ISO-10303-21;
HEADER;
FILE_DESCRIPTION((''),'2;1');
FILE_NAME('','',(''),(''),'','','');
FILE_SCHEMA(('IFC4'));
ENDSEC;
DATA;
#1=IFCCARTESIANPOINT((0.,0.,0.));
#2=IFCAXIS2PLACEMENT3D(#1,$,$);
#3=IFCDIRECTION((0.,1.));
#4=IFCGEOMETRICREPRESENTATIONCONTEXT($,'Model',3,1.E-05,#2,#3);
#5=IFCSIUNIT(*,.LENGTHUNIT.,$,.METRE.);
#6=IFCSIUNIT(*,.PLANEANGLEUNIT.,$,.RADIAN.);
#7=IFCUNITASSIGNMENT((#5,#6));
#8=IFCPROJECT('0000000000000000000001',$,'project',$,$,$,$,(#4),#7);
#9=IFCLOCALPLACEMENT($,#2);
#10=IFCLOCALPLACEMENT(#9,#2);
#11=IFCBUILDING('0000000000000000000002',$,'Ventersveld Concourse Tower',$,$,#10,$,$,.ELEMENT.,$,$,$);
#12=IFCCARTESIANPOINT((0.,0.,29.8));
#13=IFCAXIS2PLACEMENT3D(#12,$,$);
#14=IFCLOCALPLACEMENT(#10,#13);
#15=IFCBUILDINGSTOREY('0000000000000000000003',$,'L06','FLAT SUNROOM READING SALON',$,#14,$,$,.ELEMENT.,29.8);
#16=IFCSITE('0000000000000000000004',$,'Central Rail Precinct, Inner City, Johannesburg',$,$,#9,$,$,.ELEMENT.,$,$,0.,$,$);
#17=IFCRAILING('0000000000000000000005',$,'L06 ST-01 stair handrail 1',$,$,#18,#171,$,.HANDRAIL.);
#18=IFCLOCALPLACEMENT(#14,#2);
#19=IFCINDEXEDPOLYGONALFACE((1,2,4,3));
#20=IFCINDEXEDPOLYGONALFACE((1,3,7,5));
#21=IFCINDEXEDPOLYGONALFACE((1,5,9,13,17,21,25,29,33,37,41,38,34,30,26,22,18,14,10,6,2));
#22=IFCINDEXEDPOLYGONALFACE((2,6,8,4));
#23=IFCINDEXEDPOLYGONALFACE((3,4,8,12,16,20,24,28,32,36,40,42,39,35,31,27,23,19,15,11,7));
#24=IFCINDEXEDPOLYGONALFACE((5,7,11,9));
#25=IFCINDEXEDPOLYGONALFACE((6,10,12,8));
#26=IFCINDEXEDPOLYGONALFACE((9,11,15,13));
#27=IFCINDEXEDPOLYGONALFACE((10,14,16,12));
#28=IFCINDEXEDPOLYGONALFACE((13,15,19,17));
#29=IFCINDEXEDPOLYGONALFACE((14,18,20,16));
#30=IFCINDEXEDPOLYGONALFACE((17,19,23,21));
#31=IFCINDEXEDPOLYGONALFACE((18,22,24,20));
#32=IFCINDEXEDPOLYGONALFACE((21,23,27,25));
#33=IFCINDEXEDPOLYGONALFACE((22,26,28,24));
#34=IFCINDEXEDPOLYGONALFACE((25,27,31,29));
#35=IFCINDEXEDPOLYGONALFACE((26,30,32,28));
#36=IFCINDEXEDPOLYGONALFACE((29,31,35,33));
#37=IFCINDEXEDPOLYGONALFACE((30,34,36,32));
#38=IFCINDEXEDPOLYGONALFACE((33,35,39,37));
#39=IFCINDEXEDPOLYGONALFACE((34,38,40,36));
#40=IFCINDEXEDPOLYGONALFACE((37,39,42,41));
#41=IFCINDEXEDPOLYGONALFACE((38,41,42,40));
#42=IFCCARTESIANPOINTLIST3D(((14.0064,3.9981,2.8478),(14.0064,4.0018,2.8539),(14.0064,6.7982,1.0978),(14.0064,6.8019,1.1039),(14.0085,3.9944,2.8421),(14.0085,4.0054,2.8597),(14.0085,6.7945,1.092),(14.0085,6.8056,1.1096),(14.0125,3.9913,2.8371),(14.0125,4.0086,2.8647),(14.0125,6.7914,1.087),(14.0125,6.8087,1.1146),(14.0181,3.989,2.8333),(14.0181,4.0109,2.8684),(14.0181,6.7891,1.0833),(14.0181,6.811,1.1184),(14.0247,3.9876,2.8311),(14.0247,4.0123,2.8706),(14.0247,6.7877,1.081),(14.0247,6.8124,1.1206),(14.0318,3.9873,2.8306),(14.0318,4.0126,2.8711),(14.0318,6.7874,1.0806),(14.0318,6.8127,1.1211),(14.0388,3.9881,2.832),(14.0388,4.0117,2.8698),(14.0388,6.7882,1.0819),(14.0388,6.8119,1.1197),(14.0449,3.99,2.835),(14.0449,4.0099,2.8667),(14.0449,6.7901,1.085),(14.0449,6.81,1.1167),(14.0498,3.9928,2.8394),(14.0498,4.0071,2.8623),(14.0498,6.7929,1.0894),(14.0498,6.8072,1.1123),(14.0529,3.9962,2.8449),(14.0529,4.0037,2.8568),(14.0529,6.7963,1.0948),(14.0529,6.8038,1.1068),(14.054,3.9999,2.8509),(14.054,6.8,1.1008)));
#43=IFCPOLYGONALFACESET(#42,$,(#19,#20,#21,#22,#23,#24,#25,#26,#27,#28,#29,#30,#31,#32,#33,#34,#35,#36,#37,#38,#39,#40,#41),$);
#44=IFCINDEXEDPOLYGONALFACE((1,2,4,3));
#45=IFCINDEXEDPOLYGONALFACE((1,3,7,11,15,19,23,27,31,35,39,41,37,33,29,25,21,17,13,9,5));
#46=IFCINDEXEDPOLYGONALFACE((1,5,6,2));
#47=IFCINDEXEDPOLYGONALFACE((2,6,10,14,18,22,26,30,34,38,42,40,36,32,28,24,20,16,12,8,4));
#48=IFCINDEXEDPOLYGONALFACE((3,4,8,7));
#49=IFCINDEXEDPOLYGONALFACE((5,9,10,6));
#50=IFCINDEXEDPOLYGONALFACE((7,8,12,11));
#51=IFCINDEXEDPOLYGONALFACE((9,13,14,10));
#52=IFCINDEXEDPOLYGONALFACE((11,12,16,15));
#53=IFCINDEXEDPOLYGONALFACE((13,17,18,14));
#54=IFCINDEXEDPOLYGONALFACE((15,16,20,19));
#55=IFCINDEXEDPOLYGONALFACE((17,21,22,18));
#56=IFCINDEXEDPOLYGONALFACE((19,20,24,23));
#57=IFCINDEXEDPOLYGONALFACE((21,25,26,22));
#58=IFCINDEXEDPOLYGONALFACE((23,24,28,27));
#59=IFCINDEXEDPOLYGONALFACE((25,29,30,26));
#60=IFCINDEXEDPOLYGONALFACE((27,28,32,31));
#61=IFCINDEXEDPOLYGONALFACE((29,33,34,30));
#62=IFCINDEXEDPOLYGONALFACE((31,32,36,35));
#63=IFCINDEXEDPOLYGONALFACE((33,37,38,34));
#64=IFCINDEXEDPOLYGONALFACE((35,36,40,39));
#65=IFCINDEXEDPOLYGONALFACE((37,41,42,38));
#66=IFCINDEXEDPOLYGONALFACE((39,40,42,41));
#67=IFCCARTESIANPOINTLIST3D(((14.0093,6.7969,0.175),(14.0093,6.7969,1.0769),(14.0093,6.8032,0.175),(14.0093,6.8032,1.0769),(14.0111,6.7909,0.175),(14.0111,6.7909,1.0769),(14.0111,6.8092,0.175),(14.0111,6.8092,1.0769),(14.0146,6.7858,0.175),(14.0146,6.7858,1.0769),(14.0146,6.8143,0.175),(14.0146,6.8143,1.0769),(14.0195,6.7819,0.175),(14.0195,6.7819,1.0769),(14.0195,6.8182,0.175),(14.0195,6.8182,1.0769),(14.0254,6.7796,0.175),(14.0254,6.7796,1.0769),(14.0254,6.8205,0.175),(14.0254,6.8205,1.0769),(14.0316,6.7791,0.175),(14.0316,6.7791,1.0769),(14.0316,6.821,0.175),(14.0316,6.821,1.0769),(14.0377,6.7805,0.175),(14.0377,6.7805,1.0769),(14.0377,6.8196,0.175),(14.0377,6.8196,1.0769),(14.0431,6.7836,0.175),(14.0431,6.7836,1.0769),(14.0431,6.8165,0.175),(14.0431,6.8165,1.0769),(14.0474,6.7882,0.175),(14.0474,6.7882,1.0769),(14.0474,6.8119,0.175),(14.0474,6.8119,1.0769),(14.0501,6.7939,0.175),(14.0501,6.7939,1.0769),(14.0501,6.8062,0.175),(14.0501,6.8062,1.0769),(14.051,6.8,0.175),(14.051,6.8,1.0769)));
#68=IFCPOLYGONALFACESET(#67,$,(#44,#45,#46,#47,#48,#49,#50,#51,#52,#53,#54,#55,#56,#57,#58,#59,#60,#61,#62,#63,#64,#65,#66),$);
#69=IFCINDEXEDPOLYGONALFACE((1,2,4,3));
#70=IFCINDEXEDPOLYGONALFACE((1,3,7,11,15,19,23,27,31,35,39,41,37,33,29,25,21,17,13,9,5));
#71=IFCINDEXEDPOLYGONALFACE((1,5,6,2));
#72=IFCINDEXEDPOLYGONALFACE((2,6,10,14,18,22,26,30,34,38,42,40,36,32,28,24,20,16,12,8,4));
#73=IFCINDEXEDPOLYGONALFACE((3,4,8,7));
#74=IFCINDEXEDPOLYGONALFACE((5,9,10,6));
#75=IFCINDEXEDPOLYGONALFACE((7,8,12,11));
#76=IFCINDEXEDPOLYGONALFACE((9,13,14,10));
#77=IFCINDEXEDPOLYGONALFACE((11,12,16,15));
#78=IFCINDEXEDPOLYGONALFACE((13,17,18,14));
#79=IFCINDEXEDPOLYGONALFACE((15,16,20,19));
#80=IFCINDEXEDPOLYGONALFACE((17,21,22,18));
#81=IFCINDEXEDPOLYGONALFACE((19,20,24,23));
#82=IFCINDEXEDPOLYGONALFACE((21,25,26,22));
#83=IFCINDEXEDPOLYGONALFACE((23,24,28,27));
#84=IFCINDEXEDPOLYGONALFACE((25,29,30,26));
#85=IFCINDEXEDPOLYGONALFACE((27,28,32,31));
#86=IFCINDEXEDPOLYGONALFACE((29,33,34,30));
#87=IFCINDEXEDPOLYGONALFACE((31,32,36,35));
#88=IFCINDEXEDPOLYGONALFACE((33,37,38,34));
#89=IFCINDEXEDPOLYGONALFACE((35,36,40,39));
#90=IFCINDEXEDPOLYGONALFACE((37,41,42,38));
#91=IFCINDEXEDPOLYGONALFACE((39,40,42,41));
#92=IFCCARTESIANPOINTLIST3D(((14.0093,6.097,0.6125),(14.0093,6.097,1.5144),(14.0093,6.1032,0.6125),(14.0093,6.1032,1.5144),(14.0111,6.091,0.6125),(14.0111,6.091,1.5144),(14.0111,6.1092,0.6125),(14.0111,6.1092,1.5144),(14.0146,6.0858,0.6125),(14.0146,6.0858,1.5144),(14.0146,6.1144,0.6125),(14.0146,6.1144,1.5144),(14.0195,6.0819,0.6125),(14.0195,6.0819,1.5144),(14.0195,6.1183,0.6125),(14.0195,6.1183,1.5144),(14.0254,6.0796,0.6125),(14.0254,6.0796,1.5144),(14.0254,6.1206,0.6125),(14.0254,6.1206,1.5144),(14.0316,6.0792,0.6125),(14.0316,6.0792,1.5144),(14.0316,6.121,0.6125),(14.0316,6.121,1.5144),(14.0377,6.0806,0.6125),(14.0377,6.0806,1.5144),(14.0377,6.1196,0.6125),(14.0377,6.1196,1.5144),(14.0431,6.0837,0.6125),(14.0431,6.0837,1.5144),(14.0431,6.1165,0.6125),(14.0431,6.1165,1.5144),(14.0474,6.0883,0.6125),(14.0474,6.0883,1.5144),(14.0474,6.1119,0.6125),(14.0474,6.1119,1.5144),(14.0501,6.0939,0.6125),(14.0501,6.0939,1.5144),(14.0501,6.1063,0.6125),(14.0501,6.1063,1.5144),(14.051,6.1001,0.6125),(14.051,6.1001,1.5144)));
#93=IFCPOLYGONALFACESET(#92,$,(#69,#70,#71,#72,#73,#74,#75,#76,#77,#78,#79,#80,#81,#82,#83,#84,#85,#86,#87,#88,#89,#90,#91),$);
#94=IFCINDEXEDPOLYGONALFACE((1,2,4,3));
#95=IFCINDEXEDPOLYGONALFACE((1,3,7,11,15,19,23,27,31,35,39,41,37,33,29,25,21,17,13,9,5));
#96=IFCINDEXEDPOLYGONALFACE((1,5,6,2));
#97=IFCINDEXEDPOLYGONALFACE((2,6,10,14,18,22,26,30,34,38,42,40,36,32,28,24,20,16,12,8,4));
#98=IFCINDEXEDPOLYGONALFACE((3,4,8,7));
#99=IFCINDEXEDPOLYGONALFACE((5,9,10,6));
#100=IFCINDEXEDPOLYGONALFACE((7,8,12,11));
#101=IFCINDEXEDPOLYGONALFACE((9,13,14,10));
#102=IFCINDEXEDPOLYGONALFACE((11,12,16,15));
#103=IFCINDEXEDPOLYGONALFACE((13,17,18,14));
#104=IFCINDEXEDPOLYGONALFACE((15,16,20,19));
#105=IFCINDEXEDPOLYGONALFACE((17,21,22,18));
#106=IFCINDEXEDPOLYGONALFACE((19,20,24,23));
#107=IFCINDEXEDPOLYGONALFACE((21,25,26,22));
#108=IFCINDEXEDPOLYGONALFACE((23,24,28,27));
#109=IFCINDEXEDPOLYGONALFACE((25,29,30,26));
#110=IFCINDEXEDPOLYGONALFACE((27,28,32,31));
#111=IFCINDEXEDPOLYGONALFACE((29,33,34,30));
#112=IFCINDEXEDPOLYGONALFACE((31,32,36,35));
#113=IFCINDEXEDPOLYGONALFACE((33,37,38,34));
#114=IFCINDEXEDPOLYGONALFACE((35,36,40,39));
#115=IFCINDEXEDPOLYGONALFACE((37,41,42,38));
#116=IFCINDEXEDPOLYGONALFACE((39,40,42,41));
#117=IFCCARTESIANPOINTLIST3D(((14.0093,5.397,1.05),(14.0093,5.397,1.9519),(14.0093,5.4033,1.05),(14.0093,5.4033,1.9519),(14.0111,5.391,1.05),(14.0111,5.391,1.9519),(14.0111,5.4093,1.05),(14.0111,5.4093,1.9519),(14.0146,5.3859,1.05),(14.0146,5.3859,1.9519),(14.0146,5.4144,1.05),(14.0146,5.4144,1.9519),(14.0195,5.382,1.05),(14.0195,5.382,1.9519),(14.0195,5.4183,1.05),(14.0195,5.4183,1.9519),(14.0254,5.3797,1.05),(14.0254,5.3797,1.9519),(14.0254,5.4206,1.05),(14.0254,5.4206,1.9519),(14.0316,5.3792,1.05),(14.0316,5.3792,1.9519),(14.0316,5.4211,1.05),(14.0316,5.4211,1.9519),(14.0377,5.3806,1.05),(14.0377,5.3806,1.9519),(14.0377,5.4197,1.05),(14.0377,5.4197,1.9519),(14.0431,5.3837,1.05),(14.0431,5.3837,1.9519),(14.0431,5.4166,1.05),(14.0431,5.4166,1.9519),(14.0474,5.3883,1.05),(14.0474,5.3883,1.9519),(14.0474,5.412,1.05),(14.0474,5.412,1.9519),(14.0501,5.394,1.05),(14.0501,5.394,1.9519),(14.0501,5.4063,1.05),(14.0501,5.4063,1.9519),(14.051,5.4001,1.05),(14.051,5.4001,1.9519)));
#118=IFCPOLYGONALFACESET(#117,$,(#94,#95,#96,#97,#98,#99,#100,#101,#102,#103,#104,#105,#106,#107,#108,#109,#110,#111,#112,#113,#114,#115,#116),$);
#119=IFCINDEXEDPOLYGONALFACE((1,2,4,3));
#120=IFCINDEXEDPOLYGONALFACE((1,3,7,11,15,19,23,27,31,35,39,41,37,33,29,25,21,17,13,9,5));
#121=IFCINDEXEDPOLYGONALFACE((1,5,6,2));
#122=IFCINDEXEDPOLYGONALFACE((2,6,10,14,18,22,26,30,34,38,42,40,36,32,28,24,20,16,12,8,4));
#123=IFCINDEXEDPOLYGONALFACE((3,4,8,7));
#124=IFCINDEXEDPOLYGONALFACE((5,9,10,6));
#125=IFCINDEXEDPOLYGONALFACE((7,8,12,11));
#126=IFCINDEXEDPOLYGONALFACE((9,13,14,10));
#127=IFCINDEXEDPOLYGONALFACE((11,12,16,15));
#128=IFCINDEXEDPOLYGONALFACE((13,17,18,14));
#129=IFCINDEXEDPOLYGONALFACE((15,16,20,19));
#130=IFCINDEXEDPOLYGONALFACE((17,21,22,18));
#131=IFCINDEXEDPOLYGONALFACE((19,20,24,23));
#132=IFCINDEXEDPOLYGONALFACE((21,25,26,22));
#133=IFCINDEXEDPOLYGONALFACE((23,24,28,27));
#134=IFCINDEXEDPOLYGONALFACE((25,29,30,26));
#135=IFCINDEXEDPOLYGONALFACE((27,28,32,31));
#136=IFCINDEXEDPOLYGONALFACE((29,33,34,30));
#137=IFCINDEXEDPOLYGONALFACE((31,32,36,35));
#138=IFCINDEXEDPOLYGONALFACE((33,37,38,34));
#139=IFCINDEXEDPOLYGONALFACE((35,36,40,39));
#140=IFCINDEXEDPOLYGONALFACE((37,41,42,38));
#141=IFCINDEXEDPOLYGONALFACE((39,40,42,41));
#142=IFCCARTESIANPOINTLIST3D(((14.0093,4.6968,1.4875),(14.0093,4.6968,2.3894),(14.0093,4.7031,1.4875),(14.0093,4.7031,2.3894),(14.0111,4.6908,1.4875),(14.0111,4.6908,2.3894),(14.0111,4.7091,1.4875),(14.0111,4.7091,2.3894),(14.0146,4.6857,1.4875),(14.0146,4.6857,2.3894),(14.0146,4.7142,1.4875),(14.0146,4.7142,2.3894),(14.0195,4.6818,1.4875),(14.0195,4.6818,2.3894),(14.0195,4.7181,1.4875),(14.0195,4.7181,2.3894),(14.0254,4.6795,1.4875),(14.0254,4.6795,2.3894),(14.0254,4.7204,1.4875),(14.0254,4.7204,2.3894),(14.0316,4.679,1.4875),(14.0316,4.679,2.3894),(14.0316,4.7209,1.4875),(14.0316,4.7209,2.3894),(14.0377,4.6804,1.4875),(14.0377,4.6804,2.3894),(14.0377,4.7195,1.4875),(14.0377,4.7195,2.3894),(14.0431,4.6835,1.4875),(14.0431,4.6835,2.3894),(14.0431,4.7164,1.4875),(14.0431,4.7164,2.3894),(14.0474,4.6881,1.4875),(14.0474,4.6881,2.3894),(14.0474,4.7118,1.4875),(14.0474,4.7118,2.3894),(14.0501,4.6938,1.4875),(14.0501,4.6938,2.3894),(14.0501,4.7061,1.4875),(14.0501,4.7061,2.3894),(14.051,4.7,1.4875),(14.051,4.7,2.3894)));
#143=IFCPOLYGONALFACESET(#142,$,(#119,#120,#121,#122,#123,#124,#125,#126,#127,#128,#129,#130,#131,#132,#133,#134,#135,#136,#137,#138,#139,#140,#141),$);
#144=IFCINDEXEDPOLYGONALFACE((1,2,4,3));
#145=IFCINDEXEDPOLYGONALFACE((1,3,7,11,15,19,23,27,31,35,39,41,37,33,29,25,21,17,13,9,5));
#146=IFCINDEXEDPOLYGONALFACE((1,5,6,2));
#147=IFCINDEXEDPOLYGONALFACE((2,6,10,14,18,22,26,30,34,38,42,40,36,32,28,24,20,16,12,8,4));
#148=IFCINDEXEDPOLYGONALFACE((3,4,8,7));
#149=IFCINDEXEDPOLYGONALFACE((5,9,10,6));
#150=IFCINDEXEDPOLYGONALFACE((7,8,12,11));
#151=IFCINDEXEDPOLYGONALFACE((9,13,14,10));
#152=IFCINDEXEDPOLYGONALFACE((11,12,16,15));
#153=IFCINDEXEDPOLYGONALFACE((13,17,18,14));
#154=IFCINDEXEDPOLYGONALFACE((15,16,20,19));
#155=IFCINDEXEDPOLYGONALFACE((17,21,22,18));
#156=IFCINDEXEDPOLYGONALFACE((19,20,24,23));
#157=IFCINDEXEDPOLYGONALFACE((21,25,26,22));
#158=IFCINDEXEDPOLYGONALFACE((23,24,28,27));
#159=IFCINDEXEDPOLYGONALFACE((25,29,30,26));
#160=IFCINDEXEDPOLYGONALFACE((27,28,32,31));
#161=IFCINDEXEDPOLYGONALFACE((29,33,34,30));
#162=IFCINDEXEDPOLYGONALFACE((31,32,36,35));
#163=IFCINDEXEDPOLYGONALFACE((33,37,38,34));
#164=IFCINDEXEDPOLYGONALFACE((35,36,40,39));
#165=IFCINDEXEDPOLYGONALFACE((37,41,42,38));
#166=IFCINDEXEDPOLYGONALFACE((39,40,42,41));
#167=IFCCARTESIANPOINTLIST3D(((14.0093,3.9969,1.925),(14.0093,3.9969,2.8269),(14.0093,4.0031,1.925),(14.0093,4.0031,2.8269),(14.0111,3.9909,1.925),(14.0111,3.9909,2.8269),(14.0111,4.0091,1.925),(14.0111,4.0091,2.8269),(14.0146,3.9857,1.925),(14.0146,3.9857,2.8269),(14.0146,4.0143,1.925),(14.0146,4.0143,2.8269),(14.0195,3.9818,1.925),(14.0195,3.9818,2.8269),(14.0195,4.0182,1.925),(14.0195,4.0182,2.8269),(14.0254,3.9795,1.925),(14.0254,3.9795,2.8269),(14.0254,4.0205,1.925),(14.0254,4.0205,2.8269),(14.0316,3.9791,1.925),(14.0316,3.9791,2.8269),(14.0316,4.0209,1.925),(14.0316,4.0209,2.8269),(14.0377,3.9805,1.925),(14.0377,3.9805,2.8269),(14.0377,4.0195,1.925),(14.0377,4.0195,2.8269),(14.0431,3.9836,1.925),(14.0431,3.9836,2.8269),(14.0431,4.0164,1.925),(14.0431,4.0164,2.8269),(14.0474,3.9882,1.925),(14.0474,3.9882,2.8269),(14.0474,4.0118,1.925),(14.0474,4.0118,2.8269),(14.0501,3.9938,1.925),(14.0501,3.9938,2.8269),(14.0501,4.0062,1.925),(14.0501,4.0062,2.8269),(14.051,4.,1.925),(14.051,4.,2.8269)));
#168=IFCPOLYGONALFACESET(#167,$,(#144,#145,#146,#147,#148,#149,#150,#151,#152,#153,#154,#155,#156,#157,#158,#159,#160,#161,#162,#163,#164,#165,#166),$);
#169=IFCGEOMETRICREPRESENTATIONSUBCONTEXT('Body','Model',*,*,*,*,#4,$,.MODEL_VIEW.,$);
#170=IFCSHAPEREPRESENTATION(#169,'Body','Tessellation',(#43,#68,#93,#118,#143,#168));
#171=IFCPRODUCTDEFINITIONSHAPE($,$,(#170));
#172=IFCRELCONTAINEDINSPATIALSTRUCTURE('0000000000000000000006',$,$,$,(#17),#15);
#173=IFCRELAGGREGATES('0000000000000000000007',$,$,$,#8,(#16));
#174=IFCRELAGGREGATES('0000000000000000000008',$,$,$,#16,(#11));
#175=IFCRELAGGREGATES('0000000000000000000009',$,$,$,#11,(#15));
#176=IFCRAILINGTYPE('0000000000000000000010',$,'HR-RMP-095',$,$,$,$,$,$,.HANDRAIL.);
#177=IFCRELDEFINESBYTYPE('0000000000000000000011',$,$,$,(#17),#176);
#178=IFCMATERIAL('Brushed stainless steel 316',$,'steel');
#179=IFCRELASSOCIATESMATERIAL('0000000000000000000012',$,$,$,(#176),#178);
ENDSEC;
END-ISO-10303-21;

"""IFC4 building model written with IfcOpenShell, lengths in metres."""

from ifc_helpers import new_model, si_unit, direction, frame, origin, origin_2d, place, context, subcontext, project, spatial, circle, extrude, material, type_object, element, save


model = new_model("IFC4")

# Units and contexts
model_context = context("Model", 3, precision=1e-05, world=origin(), true_north=direction((0.0, 1.0)))
body_context = subcontext(model_context, "Body", "Model", "MODEL_VIEW")
ifc_project = project(units=[si_unit("LENGTHUNIT", "METRE"), si_unit("PLANEANGLEUNIT", "RADIAN")], contexts=[model_context])

# Site, building, storey
site_placement = place(None, origin())
site = spatial("IfcSite", under=ifc_project, at=site_placement, Name="Central Rail Precinct, Inner City, Johannesburg", CompositionType="ELEMENT", RefElevation=0.0)
building_placement = place(site_placement, origin())
building = spatial("IfcBuilding", under=site, at=building_placement, Name="Ventersveld Concourse Tower", CompositionType="ELEMENT")
storey_placement = place(building_placement, frame((0.0, 0.0, 29.8)))
storey = spatial("IfcBuildingStorey", under=building, at=storey_placement, Name="L06", Description="FLAT SUNROOM READING SALON", CompositionType="ELEMENT", Elevation=29.8)

# Railing
ifc_material_1 = material(Name="Brushed stainless steel 316", Category="steel")
railing_type = type_object("IfcRailingType", Name="HR-RMP-095", PredefinedType="HANDRAIL", material=ifc_material_1)
railing_placement = place(storey_placement, frame((14.03, 6.8, 0.175)))
element("IfcRailing", 1, at=railing_placement, inside=storey, type_object=railing_type, Name="L06 ST-01 stair handrail 1", PredefinedType="HANDRAIL", context=body_context, shape_type="SweptSolid", body=[
    extrude(circle(Radius=0.0239, at=origin_2d()), frame((0.0, 0.0, 0.9258), z_axis=(0.0, -0.848002, 0.529992), x_axis=(1.0, 0.0, 0.0)), (0.0, 0.0, 1.0), 3.302),
    extrude(circle(Radius=0.021, at=origin_2d()), origin(), (0.0, 0.0, 1.0), 0.9019),
    extrude(circle(Radius=0.021, at=origin_2d()), frame((0.0, -0.7, 0.4375)), (0.0, 0.0, 1.0), 0.9019),
    extrude(circle(Radius=0.021, at=origin_2d()), frame((0.0, -1.3999, 0.875)), (0.0, 0.0, 1.0), 0.9019),
    extrude(circle(Radius=0.021, at=origin_2d()), frame((0.0, -2.1001, 1.3125)), (0.0, 0.0, 1.0), 0.9019),
    extrude(circle(Radius=0.021, at=origin_2d()), frame((0.0, -2.8, 1.75)), (0.0, 0.0, 1.0), 0.9019),
])

save(model, "model.ifc")
